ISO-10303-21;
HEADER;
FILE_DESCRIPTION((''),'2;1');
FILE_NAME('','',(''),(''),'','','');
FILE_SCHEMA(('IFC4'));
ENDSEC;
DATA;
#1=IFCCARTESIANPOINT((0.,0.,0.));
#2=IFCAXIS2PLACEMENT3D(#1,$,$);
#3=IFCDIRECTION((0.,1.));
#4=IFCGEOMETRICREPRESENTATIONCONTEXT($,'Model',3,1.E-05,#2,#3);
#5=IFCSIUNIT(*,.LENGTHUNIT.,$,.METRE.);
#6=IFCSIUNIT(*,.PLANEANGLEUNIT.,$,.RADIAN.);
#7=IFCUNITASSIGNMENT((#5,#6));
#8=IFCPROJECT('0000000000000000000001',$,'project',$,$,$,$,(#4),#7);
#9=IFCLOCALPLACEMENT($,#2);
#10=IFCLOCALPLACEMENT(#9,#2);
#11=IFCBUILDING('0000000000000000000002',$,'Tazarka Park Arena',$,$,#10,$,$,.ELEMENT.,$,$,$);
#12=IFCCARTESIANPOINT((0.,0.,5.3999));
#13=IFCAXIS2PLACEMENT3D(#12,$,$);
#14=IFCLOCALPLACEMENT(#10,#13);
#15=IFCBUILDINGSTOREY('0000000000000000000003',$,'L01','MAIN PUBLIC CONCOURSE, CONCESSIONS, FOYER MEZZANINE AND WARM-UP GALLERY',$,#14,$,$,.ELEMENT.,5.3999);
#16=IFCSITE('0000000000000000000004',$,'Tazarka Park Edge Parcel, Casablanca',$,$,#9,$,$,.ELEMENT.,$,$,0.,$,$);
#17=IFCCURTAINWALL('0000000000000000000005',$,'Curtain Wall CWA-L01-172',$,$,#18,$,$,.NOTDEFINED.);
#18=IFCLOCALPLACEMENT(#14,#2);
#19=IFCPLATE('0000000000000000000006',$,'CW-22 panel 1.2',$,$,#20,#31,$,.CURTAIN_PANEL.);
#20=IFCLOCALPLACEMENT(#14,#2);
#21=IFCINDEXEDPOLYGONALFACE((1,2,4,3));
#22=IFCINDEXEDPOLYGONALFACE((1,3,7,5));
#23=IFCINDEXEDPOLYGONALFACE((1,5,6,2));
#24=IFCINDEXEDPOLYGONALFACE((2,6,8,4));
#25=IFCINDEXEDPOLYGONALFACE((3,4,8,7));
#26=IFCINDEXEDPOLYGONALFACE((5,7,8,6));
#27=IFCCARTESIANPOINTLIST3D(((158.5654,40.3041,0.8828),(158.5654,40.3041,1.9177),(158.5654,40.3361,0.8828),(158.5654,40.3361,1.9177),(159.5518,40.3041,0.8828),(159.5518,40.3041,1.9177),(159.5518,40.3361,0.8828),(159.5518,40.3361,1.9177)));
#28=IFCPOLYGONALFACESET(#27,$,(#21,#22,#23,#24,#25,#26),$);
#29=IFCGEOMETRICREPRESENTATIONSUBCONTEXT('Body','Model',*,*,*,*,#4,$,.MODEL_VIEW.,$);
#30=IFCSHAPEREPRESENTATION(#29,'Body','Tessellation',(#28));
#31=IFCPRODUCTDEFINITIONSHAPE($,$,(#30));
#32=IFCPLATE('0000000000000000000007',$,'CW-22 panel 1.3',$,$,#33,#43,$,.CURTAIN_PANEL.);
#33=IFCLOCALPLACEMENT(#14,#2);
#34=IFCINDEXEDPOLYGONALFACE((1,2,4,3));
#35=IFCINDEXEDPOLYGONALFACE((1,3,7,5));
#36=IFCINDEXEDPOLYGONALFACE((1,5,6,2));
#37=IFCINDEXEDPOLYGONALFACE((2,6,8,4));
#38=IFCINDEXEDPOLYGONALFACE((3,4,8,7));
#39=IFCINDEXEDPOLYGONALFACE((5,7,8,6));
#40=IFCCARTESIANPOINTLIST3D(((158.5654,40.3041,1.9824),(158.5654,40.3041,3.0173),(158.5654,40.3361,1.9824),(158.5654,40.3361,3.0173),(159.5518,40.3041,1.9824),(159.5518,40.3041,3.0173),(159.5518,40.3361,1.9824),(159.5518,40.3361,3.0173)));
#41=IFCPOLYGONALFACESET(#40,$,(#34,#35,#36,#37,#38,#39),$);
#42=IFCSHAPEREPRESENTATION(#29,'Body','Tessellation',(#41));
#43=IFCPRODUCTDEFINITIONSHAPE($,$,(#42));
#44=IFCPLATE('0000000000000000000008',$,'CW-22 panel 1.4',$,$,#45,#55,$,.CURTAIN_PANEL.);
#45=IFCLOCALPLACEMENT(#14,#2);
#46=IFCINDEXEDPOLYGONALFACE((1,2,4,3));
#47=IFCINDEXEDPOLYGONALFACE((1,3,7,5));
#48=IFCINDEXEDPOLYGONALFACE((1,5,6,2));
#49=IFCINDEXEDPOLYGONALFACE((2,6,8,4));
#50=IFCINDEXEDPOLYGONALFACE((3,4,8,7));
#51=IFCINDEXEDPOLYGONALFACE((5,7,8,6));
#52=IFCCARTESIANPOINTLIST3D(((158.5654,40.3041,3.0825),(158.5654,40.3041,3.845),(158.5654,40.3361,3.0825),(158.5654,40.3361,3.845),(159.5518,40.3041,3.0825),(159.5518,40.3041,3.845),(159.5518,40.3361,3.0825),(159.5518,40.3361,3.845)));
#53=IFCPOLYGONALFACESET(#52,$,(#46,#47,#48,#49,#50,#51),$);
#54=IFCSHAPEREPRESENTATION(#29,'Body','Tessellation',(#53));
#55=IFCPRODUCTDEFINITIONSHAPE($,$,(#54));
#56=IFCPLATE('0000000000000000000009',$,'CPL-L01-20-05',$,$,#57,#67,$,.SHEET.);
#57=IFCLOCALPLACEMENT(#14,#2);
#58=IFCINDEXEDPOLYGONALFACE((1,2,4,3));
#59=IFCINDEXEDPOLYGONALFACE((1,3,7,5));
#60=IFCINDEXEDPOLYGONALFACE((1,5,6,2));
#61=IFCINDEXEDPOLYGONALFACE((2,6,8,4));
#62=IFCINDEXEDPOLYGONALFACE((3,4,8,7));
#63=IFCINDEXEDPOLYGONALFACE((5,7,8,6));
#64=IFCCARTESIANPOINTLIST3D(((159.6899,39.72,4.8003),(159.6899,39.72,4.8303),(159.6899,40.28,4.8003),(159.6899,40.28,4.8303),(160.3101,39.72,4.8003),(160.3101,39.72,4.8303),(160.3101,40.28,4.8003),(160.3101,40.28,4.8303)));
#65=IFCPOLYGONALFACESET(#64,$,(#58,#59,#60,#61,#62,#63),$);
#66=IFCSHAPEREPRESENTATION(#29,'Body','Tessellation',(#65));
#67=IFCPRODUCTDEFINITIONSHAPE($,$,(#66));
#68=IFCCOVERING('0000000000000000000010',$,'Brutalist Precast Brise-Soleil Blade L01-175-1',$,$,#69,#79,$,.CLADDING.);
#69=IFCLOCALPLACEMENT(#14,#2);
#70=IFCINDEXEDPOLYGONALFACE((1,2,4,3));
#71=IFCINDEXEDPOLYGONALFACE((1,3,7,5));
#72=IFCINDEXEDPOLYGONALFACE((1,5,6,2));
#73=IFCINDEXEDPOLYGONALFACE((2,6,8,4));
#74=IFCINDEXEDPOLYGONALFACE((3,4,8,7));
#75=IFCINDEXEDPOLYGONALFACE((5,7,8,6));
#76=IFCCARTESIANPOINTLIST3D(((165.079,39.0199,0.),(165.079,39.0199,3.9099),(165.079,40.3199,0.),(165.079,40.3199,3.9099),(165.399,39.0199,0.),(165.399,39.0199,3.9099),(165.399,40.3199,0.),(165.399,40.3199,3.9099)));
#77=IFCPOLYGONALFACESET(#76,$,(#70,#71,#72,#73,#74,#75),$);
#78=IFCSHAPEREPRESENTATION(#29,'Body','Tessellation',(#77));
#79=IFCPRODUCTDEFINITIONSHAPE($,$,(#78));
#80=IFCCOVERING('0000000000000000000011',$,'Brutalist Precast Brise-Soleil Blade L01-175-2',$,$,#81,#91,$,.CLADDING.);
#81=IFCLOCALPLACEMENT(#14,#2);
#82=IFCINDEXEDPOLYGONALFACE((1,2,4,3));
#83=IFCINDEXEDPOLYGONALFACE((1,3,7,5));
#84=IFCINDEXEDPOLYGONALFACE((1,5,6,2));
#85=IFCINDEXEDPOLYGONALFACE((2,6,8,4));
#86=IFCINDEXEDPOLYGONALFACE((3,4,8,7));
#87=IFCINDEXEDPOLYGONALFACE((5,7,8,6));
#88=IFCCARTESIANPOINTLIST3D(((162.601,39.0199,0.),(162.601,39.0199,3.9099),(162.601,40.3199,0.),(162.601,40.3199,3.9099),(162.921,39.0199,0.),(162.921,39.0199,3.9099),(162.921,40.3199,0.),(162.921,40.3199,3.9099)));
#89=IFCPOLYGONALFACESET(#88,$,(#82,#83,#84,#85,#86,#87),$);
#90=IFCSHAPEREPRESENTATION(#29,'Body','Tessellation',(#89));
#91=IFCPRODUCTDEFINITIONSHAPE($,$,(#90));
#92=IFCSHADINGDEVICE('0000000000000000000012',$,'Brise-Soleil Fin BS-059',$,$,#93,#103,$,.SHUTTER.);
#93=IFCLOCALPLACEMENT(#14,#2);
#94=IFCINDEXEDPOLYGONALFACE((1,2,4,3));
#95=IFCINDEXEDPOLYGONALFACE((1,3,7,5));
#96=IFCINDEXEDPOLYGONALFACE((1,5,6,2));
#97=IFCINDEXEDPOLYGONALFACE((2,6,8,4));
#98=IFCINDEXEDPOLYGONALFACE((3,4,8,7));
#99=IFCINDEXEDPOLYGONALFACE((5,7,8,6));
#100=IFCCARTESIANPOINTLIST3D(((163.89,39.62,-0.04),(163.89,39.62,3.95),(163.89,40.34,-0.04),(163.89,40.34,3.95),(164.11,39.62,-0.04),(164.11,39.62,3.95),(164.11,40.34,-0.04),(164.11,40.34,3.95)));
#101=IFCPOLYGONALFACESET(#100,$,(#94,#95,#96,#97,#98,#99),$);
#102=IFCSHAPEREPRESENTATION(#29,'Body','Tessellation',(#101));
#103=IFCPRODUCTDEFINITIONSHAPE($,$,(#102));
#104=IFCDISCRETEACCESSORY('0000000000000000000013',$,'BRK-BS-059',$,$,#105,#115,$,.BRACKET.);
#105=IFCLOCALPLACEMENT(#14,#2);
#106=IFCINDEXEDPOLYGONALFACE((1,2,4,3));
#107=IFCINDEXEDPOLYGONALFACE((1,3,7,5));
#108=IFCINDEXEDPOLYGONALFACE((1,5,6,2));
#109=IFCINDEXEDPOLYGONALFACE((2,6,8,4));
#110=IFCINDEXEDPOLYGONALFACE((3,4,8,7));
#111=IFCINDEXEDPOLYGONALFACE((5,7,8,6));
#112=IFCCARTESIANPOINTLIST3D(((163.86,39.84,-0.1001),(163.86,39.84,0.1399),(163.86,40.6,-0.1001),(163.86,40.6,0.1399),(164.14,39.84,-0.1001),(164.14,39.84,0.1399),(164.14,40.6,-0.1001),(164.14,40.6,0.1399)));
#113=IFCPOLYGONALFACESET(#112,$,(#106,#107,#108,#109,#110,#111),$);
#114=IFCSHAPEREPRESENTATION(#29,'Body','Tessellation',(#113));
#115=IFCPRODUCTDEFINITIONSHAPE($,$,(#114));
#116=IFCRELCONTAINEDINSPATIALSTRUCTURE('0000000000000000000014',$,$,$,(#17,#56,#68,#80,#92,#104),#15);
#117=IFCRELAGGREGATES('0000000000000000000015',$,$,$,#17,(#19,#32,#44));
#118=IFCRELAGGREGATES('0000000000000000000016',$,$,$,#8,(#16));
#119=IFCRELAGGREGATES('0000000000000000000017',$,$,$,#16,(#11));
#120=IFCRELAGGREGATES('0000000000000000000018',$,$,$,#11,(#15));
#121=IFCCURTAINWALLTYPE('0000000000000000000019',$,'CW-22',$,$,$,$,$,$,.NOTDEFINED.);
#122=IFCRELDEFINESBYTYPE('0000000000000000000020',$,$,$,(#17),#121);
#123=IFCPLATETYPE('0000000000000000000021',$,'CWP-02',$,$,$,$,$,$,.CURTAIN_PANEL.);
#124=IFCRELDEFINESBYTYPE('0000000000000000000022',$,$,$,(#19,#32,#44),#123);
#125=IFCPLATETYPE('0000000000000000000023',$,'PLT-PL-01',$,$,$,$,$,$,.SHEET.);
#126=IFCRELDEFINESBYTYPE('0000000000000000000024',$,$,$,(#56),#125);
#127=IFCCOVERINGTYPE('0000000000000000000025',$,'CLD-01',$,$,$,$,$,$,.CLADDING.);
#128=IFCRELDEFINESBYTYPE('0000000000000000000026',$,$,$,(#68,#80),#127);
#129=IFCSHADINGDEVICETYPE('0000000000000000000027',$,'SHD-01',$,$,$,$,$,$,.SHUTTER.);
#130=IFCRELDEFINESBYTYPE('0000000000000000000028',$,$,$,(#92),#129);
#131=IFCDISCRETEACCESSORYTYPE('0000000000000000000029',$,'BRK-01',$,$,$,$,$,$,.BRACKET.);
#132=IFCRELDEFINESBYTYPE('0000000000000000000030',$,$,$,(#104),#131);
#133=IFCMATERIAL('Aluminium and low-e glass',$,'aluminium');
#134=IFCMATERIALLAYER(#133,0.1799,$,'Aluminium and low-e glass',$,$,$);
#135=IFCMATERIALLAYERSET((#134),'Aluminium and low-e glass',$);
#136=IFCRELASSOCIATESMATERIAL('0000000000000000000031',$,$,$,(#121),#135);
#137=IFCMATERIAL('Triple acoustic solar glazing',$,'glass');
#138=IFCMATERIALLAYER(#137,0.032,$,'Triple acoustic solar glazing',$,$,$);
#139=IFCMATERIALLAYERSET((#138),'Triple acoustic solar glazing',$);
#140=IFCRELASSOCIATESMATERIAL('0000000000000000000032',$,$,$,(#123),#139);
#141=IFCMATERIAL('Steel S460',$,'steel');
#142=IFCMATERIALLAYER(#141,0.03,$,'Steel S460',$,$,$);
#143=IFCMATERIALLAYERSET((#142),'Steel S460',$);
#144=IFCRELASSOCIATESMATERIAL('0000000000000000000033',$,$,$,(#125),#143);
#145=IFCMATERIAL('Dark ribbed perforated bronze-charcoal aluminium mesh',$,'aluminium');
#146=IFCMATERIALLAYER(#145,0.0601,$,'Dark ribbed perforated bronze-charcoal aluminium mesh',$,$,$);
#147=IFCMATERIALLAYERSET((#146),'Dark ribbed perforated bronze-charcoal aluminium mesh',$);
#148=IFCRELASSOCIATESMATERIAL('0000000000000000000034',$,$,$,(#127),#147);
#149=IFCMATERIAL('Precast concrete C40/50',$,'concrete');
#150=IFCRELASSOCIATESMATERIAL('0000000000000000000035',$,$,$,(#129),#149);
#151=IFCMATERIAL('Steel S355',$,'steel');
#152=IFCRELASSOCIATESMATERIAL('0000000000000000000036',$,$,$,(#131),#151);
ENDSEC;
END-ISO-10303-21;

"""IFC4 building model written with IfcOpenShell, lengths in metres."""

from ifc_helpers import new_model, si_unit, direction, frame, origin, origin_2d, place, context, subcontext, project, spatial, rectangle, extrude, material, layer, layer_set, type_object, element, aggregate, save


model = new_model("IFC4")

# Units and contexts
model_context = context("Model", 3, precision=1e-05, world=origin(), true_north=direction((0.0, 1.0)))
body_context = subcontext(model_context, "Body", "Model", "MODEL_VIEW")
ifc_project = project(units=[si_unit("LENGTHUNIT", "METRE"), si_unit("PLANEANGLEUNIT", "RADIAN")], contexts=[model_context])

# Site, building, storey
site_placement = place(None, origin())
site = spatial("IfcSite", under=ifc_project, at=site_placement, Name="Tazarka Park Edge Parcel, Casablanca", CompositionType="ELEMENT", RefElevation=0.0)
building_placement = place(site_placement, origin())
building = spatial("IfcBuilding", under=site, at=building_placement, Name="Tazarka Park Arena", CompositionType="ELEMENT")
storey_placement = place(building_placement, frame((0.0, 0.0, 5.3999)))
storey = spatial("IfcBuildingStorey", under=building, at=storey_placement, Name="L01", Description="MAIN PUBLIC CONCOURSE, CONCESSIONS, FOYER MEZZANINE AND WARM-UP GALLERY", CompositionType="ELEMENT", Elevation=5.3999)

# Curtain wall
ifc_material_1 = material(Name="Aluminium and low-e glass", Category="aluminium")
ifc_layer_1 = layer(ifc_material_1, 0.1799, Name="Aluminium and low-e glass")
ifc_layer_set_1 = layer_set([ifc_layer_1], Name="Aluminium and low-e glass")
curtain_wall_type_1 = type_object("IfcCurtainWallType", Name="CW-22", PredefinedType="NOTDEFINED", material=ifc_layer_set_1)
curtain_wall_1_placement = place(storey_placement, origin())
curtain_wall_1 = element("IfcCurtainWall", 1, at=curtain_wall_1_placement, inside=storey, type_object=curtain_wall_type_1, Name="Curtain Wall CWA-L01-172", PredefinedType="NOTDEFINED")

# Plates
ifc_material_2 = material(Name="Triple acoustic solar glazing", Category="glass")
ifc_layer_2 = layer(ifc_material_2, 0.032, Name="Triple acoustic solar glazing")
ifc_layer_set_2 = layer_set([ifc_layer_2], Name="Triple acoustic solar glazing")
plate_type_1 = type_object("IfcPlateType", Name="CWP-02", PredefinedType="CURTAIN_PANEL", material=ifc_layer_set_2)
plate_1_placement = place(storey_placement, frame((159.0586, 40.3201, 0.8828), z_axis=(0.0, 0.0, 1.0), x_axis=(-1.0, 0.0, 0.0)))
plate_1 = element("IfcPlate", 2, at=plate_1_placement, type_object=plate_type_1, Name="CW-22 panel 1.2", PredefinedType="CURTAIN_PANEL", context=body_context, shape_type="SweptSolid", body=[
    extrude(rectangle(XDim=0.9863, YDim=0.032, at=origin_2d()), origin(), (0.0, 0.0, 1.0), 1.0349),
])
plate_2_placement = place(storey_placement, frame((159.0586, 40.3201, 1.9824), z_axis=(0.0, 0.0, 1.0), x_axis=(-1.0, 0.0, 0.0)))
plate_2 = element("IfcPlate", 3, at=plate_2_placement, type_object=plate_type_1, Name="CW-22 panel 1.3", PredefinedType="CURTAIN_PANEL", context=body_context, shape_type="SweptSolid", body=[
    extrude(rectangle(XDim=0.9863, YDim=0.032, at=origin_2d()), origin(), (0.0, 0.0, 1.0), 1.0349),
])
plate_3_placement = place(storey_placement, frame((159.0586, 40.3201, 3.0825), z_axis=(0.0, 0.0, 1.0), x_axis=(-1.0, 0.0, 0.0)))
plate_3 = element("IfcPlate", 4, at=plate_3_placement, type_object=plate_type_1, Name="CW-22 panel 1.4", PredefinedType="CURTAIN_PANEL", context=body_context, shape_type="SweptSolid", body=[
    extrude(rectangle(XDim=0.9863, YDim=0.032, at=origin_2d()), origin(), (0.0, 0.0, 1.0), 0.7625),
])
aggregate(curtain_wall_1, [plate_1, plate_2, plate_3])
ifc_material_3 = material(Name="Steel S460", Category="steel")
ifc_layer_3 = layer(ifc_material_3, 0.03, Name="Steel S460")
ifc_layer_set_3 = layer_set([ifc_layer_3], Name="Steel S460")
plate_type_2 = type_object("IfcPlateType", Name="PLT-PL-01", PredefinedType="SHEET", material=ifc_layer_set_3)
plate_4_placement = place(storey_placement, frame((160.0, 40.0, 4.8003), z_axis=(0.0, 0.0, 1.0), x_axis=(1.0, 0.0, 0.0)))
element("IfcPlate", 5, at=plate_4_placement, inside=storey, type_object=plate_type_2, Name="CPL-L01-20-05", PredefinedType="SHEET", context=body_context, shape_type="SweptSolid", body=[
    extrude(rectangle(XDim=0.6201, YDim=0.5601, at=origin_2d()), origin(), (0.0, 0.0, 1.0), 0.03),
])

# Coverings
ifc_material_4 = material(Name="Dark ribbed perforated bronze-charcoal aluminium mesh", Category="aluminium")
ifc_layer_4 = layer(ifc_material_4, 0.0601, Name="Dark ribbed perforated bronze-charcoal aluminium mesh")
ifc_layer_set_4 = layer_set([ifc_layer_4], Name="Dark ribbed perforated bronze-charcoal aluminium mesh")
covering_type = type_object("IfcCoveringType", Name="CLD-01", PredefinedType="CLADDING", material=ifc_layer_set_4)
for number, where, z_axis, x_axis, name in (
    (6, (165.239, 39.6699, 0.0), (0.0, 0.0, 1.0), (-1.0, 0.0, 0.0), "Brutalist Precast Brise-Soleil Blade L01-175-1"),
    (7, (162.761, 39.6699, 0.0), (0.0, 0.0, 1.0), (-1.0, 0.0, 0.0), "Brutalist Precast Brise-Soleil Blade L01-175-2"),
):
    element("IfcCovering", number, at=place(storey_placement, frame(where, z_axis=z_axis, x_axis=x_axis)), inside=storey, type_object=covering_type, Name=name, PredefinedType="CLADDING", context=body_context, shape_type="SweptSolid", body=[
        extrude(rectangle(XDim=0.3201, YDim=1.3, at=origin_2d()), origin(), (0.0, 0.0, 1.0), 3.9099),
    ])

# Shading device
ifc_material_5 = material(Name="Precast concrete C40/50", Category="concrete")
shading_device_type = type_object("IfcShadingDeviceType", Name="SHD-01", PredefinedType="SHUTTER", material=ifc_material_5)
shading_device_placement = place(storey_placement, frame((164.0, 39.98, -0.04), z_axis=(0.0, 0.0, 1.0), x_axis=(-1.0, 0.0, 0.0)))
element("IfcShadingDevice", 8, at=shading_device_placement, inside=storey, type_object=shading_device_type, Name="Brise-Soleil Fin BS-059", PredefinedType="SHUTTER", context=body_context, shape_type="SweptSolid", body=[
    extrude(rectangle(XDim=0.22, YDim=0.72, at=origin_2d()), origin(), (0.0, 0.0, 1.0), 3.99),
])

# Discrete accessory
ifc_material_6 = material(Name="Steel S355", Category="steel")
discrete_accessory_type = type_object("IfcDiscreteAccessoryType", Name="BRK-01", PredefinedType="BRACKET", material=ifc_material_6)
discrete_accessory_placement = place(storey_placement, frame((164.0, 40.22, -0.1001), z_axis=(0.0, 0.0, 1.0), x_axis=(-1.0, 0.0, 0.0)))
element("IfcDiscreteAccessory", 9, at=discrete_accessory_placement, inside=storey, type_object=discrete_accessory_type, Name="BRK-BS-059", PredefinedType="BRACKET", context=body_context, shape_type="SweptSolid", body=[
    extrude(rectangle(XDim=0.28, YDim=0.76, at=origin_2d()), origin(), (0.0, 0.0, 1.0), 0.24),
])

save(model, "model.ifc")
